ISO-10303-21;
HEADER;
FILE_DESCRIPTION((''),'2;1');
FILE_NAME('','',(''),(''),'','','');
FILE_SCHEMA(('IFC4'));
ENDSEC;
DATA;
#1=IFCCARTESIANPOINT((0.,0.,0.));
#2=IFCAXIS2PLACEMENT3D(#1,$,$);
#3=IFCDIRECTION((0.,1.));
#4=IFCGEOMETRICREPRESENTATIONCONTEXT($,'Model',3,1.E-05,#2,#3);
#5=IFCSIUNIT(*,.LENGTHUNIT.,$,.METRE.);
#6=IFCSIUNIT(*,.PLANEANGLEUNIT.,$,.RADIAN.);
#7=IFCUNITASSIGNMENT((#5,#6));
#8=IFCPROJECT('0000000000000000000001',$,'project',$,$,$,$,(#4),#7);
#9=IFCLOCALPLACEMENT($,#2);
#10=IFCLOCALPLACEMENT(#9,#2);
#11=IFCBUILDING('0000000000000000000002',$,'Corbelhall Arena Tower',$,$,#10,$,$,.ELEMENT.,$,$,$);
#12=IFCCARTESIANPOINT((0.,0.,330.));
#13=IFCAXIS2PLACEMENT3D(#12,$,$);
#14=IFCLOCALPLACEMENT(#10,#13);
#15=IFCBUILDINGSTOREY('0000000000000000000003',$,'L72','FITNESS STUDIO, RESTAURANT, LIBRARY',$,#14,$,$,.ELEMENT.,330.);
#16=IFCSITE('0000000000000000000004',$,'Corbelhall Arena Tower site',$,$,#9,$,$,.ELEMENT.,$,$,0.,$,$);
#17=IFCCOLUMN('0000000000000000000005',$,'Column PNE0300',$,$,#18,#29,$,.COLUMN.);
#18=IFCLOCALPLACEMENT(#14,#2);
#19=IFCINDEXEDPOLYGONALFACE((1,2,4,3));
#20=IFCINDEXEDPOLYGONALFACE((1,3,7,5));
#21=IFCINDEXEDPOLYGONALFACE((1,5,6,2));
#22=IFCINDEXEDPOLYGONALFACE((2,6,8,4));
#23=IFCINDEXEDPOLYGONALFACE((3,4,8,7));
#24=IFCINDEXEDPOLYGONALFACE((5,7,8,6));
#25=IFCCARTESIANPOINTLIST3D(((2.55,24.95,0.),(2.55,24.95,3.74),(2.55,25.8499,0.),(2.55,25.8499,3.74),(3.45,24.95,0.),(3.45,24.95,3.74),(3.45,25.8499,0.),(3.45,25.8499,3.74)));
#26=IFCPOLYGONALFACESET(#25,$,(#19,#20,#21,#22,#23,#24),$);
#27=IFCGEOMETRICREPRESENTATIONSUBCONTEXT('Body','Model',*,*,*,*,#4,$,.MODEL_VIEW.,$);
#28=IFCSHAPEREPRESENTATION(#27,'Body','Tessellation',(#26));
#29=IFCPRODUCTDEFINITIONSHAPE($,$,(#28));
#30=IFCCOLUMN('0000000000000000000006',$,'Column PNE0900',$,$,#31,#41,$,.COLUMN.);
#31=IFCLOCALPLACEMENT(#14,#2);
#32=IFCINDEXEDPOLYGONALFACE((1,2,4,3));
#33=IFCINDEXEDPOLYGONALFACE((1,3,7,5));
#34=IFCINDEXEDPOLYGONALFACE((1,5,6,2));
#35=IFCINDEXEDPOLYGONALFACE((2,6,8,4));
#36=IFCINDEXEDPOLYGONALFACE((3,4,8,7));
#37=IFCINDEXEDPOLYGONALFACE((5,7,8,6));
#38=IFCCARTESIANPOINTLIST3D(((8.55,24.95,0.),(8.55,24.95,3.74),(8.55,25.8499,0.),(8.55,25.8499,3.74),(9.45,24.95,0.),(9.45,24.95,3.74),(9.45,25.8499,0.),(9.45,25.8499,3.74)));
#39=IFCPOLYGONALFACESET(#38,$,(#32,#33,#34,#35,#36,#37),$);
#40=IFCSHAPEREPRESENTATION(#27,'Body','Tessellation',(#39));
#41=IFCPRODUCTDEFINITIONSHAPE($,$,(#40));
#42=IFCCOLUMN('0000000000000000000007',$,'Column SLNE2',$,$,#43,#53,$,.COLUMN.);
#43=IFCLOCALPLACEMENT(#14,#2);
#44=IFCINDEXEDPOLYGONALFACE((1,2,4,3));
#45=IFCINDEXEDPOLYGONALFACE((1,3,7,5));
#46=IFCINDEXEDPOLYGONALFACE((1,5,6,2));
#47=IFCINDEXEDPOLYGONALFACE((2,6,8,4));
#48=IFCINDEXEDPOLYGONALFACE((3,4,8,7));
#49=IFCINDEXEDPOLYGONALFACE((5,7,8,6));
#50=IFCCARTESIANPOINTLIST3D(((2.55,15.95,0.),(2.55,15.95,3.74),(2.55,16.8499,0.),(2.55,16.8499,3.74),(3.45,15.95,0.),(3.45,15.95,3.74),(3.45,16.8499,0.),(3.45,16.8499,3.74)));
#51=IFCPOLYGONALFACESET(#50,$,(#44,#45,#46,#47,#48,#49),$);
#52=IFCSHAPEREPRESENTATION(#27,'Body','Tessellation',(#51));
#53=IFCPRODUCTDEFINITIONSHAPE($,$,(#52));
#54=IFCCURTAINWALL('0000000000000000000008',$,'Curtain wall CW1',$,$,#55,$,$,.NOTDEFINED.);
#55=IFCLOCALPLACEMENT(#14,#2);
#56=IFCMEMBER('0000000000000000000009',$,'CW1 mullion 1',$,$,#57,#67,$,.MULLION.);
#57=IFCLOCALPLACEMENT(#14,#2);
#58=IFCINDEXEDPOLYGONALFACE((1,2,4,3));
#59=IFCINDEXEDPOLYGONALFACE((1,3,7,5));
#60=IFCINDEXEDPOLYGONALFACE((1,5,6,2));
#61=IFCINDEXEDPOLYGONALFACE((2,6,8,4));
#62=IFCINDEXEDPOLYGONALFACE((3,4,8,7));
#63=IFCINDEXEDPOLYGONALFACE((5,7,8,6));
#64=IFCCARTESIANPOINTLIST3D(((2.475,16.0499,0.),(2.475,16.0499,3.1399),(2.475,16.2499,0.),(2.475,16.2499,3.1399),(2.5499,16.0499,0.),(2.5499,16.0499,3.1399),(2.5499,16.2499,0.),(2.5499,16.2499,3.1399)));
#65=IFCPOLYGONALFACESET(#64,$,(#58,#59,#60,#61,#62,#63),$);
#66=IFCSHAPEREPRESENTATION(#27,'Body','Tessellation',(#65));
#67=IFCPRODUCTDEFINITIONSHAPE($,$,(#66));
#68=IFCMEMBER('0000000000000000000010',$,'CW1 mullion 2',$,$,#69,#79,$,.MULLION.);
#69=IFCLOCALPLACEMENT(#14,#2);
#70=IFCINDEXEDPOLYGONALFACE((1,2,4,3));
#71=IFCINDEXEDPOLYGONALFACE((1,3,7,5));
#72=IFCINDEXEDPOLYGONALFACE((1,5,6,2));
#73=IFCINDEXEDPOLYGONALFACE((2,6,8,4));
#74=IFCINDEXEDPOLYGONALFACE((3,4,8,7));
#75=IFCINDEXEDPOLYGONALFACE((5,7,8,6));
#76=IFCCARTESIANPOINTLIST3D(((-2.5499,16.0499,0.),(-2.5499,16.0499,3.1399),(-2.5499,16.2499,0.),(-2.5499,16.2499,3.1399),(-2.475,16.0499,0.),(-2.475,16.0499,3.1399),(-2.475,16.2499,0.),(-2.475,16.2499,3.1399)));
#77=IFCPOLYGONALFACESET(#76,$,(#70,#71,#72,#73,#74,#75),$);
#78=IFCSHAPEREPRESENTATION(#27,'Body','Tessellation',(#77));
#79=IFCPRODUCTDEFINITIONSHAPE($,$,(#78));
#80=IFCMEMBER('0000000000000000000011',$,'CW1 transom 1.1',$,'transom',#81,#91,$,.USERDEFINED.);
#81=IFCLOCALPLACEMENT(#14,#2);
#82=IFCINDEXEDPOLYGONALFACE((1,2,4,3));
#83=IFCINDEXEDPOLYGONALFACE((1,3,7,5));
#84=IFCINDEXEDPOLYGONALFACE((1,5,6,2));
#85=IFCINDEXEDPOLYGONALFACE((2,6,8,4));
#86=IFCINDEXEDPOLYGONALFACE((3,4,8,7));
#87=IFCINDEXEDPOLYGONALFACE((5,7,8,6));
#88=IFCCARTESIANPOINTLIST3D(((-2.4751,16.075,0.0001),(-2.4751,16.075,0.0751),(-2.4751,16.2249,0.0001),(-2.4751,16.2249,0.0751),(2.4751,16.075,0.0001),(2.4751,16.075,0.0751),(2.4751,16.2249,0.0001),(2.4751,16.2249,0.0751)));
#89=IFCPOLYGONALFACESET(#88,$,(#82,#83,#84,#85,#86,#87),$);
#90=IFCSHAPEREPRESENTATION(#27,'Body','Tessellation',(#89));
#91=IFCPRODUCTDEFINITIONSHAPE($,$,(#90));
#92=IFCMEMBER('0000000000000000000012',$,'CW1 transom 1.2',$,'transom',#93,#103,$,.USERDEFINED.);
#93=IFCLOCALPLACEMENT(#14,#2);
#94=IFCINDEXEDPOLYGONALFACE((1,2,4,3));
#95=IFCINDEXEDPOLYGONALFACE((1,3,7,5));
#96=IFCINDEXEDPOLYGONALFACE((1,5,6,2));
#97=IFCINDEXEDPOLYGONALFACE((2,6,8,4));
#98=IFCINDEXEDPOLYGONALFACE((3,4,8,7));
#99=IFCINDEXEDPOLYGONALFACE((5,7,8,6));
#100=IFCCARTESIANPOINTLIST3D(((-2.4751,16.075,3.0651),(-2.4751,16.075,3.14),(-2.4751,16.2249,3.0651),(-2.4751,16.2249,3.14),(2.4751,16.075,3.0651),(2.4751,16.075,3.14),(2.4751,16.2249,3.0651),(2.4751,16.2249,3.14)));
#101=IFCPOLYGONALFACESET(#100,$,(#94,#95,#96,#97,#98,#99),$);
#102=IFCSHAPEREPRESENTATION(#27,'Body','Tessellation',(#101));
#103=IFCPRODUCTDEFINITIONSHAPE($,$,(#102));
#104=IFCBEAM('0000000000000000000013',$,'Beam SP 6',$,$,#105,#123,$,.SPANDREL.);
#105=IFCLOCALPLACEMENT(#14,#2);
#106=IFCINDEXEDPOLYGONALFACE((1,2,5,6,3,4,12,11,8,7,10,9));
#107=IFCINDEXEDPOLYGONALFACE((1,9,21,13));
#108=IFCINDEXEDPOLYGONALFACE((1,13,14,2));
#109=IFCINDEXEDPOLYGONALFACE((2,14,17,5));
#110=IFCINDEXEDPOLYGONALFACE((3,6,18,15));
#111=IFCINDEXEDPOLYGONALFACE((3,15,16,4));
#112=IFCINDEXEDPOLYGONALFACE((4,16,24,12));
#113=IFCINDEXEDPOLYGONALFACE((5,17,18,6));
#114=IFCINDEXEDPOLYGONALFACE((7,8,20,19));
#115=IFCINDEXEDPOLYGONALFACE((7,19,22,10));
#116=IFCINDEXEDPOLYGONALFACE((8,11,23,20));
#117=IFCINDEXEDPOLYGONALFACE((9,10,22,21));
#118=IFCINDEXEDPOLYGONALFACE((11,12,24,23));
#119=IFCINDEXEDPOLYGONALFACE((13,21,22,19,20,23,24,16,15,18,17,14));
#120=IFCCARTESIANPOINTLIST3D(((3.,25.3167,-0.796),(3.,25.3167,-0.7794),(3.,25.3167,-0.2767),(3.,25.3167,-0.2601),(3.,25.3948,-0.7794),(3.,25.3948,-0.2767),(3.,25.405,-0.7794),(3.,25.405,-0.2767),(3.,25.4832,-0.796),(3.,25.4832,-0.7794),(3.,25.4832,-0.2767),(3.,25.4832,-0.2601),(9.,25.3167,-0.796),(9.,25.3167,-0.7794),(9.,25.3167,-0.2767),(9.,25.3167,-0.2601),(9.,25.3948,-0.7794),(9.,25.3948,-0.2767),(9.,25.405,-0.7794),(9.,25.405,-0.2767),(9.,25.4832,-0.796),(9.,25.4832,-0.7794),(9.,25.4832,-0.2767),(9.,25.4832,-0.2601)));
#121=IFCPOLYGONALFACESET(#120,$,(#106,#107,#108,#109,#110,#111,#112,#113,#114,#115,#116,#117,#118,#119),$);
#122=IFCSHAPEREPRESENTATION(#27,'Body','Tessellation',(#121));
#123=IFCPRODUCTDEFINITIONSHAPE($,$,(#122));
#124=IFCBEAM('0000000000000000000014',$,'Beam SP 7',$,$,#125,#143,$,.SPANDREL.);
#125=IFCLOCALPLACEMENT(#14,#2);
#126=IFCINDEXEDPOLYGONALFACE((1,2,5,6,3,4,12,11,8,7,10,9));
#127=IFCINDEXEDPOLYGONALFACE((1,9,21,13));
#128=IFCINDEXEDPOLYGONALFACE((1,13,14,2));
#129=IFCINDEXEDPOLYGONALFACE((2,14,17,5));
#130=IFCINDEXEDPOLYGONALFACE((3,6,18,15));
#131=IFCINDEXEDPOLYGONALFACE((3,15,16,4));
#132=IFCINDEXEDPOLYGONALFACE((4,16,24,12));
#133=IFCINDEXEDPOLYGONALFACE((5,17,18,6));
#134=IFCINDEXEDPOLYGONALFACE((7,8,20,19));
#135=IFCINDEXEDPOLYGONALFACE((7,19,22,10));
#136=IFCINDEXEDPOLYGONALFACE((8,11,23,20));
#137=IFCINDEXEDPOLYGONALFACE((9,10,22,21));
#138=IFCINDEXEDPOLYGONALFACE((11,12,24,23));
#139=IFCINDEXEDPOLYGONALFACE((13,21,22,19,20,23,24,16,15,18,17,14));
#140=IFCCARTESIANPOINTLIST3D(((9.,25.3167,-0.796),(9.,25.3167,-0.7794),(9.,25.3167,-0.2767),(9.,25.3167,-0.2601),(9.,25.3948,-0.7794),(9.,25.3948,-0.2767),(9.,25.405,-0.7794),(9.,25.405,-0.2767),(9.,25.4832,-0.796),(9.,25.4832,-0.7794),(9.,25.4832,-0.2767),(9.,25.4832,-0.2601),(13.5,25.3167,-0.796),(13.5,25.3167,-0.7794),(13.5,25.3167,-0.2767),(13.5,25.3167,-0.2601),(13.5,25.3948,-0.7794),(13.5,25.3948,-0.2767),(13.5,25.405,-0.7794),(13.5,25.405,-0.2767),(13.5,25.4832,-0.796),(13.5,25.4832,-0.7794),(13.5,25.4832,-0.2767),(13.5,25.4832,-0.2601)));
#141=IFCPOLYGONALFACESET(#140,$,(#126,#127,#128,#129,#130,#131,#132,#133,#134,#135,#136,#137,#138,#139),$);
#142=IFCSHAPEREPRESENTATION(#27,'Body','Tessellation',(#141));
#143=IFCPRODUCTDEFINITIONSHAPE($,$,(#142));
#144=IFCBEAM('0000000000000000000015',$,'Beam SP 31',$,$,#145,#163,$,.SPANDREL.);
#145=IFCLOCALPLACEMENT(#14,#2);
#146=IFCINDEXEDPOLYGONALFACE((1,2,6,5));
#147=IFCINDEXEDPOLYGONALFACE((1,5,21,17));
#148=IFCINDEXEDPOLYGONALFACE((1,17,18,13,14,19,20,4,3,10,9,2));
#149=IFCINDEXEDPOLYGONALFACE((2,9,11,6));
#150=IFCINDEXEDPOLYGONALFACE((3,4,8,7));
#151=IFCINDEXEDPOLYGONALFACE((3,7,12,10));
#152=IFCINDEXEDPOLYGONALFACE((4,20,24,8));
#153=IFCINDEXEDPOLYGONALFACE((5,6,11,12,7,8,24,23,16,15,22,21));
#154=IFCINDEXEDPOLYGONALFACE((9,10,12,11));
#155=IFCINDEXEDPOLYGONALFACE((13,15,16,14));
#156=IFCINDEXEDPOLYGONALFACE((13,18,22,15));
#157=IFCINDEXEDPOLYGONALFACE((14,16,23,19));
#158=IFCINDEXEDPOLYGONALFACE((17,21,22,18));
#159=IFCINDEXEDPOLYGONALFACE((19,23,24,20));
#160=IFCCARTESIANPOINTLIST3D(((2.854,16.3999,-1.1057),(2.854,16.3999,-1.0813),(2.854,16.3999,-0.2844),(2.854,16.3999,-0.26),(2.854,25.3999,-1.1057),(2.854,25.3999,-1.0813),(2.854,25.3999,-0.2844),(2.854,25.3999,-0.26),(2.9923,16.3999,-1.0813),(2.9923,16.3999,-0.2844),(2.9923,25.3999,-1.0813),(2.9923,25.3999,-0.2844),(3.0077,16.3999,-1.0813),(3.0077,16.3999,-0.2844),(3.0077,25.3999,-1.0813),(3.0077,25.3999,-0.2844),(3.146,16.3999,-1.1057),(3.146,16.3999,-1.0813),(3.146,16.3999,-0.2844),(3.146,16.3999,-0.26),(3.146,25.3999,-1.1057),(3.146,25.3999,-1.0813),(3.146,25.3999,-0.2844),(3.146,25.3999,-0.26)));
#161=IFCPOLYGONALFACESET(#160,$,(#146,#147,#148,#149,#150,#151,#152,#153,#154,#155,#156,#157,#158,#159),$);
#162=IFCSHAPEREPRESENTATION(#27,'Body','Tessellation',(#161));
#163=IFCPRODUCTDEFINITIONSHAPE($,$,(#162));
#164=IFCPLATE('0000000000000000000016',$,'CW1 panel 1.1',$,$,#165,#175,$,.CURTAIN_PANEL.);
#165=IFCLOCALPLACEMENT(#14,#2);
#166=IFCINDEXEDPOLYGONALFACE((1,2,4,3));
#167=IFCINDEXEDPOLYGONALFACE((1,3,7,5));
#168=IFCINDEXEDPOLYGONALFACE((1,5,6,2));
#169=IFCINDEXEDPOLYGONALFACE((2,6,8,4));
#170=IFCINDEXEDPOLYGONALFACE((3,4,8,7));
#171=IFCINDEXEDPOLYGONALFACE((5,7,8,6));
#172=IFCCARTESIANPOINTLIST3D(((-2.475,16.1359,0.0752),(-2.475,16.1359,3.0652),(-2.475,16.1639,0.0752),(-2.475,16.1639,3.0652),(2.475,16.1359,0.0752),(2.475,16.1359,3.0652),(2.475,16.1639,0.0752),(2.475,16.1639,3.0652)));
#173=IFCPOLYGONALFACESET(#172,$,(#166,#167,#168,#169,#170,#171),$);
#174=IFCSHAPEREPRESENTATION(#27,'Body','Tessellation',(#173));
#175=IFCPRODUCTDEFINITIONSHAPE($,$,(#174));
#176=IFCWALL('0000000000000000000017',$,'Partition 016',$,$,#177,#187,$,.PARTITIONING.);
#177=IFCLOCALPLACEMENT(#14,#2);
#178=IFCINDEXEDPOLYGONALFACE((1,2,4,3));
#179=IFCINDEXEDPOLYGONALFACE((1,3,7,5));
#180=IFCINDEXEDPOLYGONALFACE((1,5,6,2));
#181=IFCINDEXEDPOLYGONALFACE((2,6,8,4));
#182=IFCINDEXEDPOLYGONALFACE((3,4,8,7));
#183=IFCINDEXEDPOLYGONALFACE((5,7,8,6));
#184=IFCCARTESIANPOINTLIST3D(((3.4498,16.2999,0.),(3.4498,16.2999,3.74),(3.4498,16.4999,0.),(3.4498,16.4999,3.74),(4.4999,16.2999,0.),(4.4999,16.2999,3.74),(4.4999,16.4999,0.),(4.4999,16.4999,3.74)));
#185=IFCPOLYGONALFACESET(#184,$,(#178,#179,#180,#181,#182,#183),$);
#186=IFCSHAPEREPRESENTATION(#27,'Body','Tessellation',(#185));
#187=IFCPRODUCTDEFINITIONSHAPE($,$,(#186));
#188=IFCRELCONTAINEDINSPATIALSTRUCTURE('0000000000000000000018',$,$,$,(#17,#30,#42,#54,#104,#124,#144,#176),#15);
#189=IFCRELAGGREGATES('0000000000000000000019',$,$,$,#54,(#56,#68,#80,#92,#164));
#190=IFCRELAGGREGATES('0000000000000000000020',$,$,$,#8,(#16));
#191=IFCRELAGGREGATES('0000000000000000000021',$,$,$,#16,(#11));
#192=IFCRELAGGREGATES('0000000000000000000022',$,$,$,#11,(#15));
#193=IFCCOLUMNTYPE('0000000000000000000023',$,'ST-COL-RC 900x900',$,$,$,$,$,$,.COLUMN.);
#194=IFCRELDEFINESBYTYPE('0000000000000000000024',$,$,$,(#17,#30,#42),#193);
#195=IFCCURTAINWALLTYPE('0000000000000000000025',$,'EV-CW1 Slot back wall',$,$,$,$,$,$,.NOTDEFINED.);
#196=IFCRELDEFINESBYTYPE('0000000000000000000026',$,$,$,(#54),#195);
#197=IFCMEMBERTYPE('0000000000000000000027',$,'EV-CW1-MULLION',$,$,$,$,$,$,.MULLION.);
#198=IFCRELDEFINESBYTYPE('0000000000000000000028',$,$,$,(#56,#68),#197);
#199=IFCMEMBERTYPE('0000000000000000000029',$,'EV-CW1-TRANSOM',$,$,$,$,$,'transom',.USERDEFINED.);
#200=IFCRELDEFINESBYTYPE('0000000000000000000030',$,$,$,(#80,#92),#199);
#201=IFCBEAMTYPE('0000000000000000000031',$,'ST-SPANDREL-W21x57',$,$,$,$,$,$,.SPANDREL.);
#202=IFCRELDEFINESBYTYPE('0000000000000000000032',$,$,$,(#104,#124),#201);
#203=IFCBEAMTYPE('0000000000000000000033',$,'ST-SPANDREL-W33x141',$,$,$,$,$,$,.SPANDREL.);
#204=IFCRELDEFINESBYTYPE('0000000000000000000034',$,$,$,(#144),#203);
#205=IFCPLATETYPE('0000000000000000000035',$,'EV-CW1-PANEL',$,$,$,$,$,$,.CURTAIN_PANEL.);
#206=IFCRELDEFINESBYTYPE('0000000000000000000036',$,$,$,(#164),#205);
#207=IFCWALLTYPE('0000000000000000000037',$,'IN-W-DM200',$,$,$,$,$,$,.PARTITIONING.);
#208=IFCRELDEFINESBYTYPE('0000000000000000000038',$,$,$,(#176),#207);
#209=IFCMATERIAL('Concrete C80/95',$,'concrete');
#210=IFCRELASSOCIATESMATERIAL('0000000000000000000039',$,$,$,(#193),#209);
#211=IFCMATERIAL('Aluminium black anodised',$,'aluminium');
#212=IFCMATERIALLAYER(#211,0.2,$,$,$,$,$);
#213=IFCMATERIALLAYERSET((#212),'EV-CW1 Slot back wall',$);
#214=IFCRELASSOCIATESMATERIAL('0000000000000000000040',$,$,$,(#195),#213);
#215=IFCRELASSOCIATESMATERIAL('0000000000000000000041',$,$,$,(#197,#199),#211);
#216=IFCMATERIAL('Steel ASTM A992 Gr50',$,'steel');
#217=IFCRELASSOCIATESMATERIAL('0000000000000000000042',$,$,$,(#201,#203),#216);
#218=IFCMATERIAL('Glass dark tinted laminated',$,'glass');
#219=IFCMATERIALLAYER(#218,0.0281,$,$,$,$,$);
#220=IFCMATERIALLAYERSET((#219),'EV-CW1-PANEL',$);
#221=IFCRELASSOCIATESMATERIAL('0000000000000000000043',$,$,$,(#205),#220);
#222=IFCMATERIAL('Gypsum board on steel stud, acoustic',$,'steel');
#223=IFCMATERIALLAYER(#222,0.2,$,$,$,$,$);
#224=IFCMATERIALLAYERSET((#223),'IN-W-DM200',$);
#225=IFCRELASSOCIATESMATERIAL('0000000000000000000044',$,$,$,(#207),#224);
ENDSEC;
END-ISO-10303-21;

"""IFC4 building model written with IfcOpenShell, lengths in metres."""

from ifc_helpers import new_model, si_unit, direction, frame, frame_2d, origin, origin_2d, place, context, subcontext, project, spatial, rectangle, i_section, extrude, material, layer, layer_set, material_profile, profile_set, type_object, element, aggregate, save


model = new_model("IFC4")

# Units and contexts
model_context = context("Model", 3, precision=1e-05, world=origin(), true_north=direction((0.0, 1.0)))
body_context = subcontext(model_context, "Body", "Model", "MODEL_VIEW")
ifc_project = project(units=[si_unit("LENGTHUNIT", "METRE"), si_unit("PLANEANGLEUNIT", "RADIAN")], contexts=[model_context])

# Site, building, storey
site_placement = place(None, origin())
site = spatial("IfcSite", under=ifc_project, at=site_placement, Name="Corbelhall Arena Tower site", CompositionType="ELEMENT", RefElevation=0.0)
building_placement = place(site_placement, origin())
building = spatial("IfcBuilding", under=site, at=building_placement, Name="Corbelhall Arena Tower", CompositionType="ELEMENT")
storey_placement = place(building_placement, frame((0.0, 0.0, 330.0)))
storey = spatial("IfcBuildingStorey", under=building, at=storey_placement, Name="L72", Description="FITNESS STUDIO, RESTAURANT, LIBRARY", CompositionType="ELEMENT", Elevation=330.0)

# Columns
ifc_material_1 = material(Name="Concrete C80/95", Category="concrete")
ifc_material_profile_1 = material_profile(ifc_material_1, rectangle(XDim=0.8999, YDim=0.8999, at=origin_2d()))
ifc_profile_set_1 = profile_set([ifc_material_profile_1], Name="Concrete C80/95")
column_type = type_object("IfcColumnType", Name="ST-COL-RC 900x900", PredefinedType="COLUMN", material=ifc_profile_set_1)
for number, where, z_axis, x_axis, name in (
    (1, (3.0, 25.3999, 0.0), (0.0, 0.0, 1.0), (1.0, 0.0, 0.0), "Column PNE0300"),
    (2, (9.0, 25.3999, 0.0), (0.0, 0.0, 1.0), (1.0, 0.0, 0.0), "Column PNE0900"),
    (3, (3.0, 16.3999, 0.0), (0.0, 0.0, 1.0), (1.0, 0.0, 0.0), "Column SLNE2"),
):
    element("IfcColumn", number, at=place(storey_placement, frame(where, z_axis=z_axis, x_axis=x_axis)), inside=storey, type_object=column_type, Name=name, PredefinedType="COLUMN", context=body_context, shape_type="SweptSolid", body=[
        extrude(rectangle(XDim=0.8999, YDim=0.8999, at=origin_2d()), origin(), (0.0, 0.0, 1.0), 3.74),
    ])

# Curtain wall, members
ifc_material_2 = material(Name="Aluminium black anodised", Category="aluminium")
ifc_layer_1 = layer(ifc_material_2, 0.2)
ifc_layer_set_1 = layer_set([ifc_layer_1], Name="EV-CW1 Slot back wall")
curtain_wall_type = type_object("IfcCurtainWallType", Name="EV-CW1 Slot back wall", PredefinedType="NOTDEFINED", material=ifc_layer_set_1)
curtain_wall_placement = place(storey_placement, origin())
curtain_wall = element("IfcCurtainWall", 4, at=curtain_wall_placement, inside=storey, type_object=curtain_wall_type, Name="Curtain wall CW1", PredefinedType="NOTDEFINED")
ifc_material_profile_2 = material_profile(ifc_material_2, rectangle(XDim=0.2, YDim=0.075, at=origin_2d()))
ifc_profile_set_2 = profile_set([ifc_material_profile_2], Name="Aluminium black anodised")
member_type_1 = type_object("IfcMemberType", Name="EV-CW1-MULLION", PredefinedType="MULLION", material=ifc_profile_set_2)
member_1_placement = place(storey_placement, frame((2.5125, 16.1499, 0.0), z_axis=(0.0, 0.0, 1.0), x_axis=(0.0, -1.0, 0.0)))
member_1 = element("IfcMember", 5, at=member_1_placement, type_object=member_type_1, Name="CW1 mullion 1", PredefinedType="MULLION", context=body_context, shape_type="SweptSolid", body=[
    extrude(rectangle(XDim=0.2, YDim=0.075, at=origin_2d()), origin(), (0.0, 0.0, 1.0), 3.1399),
])
member_2_placement = place(storey_placement, frame((-2.5125, 16.1499, 0.0), z_axis=(0.0, 0.0, 1.0), x_axis=(0.0, -1.0, 0.0)))
member_2 = element("IfcMember", 6, at=member_2_placement, type_object=member_type_1, Name="CW1 mullion 2", PredefinedType="MULLION", context=body_context, shape_type="SweptSolid", body=[
    extrude(rectangle(XDim=0.2, YDim=0.075, at=origin_2d()), origin(), (0.0, 0.0, 1.0), 3.1399),
])
ifc_material_profile_3 = material_profile(ifc_material_2, rectangle(XDim=0.1499, YDim=0.075, at=origin_2d()))
ifc_profile_set_3 = profile_set([ifc_material_profile_3], Name="Aluminium black anodised")
member_type_2 = type_object("IfcMemberType", Name="EV-CW1-TRANSOM", ElementType="transom", PredefinedType="USERDEFINED", material=ifc_profile_set_3)
member_3_placement = place(storey_placement, frame((2.4751, 16.1499, 0.0376), z_axis=(-1.0, 0.0, 0.0), x_axis=(0.0, -1.0, 0.0)))
member_3 = element("IfcMember", 7, at=member_3_placement, type_object=member_type_2, Name="CW1 transom 1.1", ObjectType="transom", PredefinedType="USERDEFINED", context=body_context, shape_type="SweptSolid", body=[
    extrude(rectangle(XDim=0.1499, YDim=0.075, at=origin_2d()), origin(), (0.0, 0.0, 1.0), 4.9502),
])
member_4_placement = place(storey_placement, frame((2.4751, 16.1499, 3.1025), z_axis=(-1.0, 0.0, 0.0), x_axis=(0.0, -1.0, 0.0)))
member_4 = element("IfcMember", 8, at=member_4_placement, type_object=member_type_2, Name="CW1 transom 1.2", ObjectType="transom", PredefinedType="USERDEFINED", context=body_context, shape_type="SweptSolid", body=[
    extrude(rectangle(XDim=0.1499, YDim=0.075, at=origin_2d()), origin(), (0.0, 0.0, 1.0), 4.9502),
])

# Beams
ifc_material_3 = material(Name="Steel ASTM A992 Gr50", Category="steel")
ifc_material_profile_4 = material_profile(ifc_material_3, i_section(OverallWidth=0.1665, OverallDepth=0.5359, WebThickness=0.0103, FlangeThickness=0.0166, at=origin_2d()))
ifc_profile_set_4 = profile_set([ifc_material_profile_4], Name="Steel ASTM A992 Gr50")
beam_type_1 = type_object("IfcBeamType", Name="ST-SPANDREL-W21x57", PredefinedType="SPANDREL", material=ifc_profile_set_4)
beam_1_placement = place(storey_placement, frame((3.0, 25.3999, -0.5281), z_axis=(1.0, 0.0, 0.0), x_axis=(0.0, 1.0, 0.0)))
element("IfcBeam", 9, at=beam_1_placement, inside=storey, type_object=beam_type_1, Name="Beam SP 6", PredefinedType="SPANDREL", context=body_context, shape_type="SweptSolid", body=[
    extrude(i_section(OverallWidth=0.1665, OverallDepth=0.5359, WebThickness=0.0103, FlangeThickness=0.0166, at=origin_2d()), origin(), (0.0, 0.0, 1.0), 6.0),
])
beam_2_placement = place(storey_placement, frame((9.0, 25.3999, -0.5281), z_axis=(1.0, 0.0, 0.0), x_axis=(0.0, 1.0, 0.0)))
element("IfcBeam", 10, at=beam_2_placement, inside=storey, type_object=beam_type_1, Name="Beam SP 7", PredefinedType="SPANDREL", context=body_context, shape_type="SweptSolid", body=[
    extrude(i_section(OverallWidth=0.1665, OverallDepth=0.5359, WebThickness=0.0103, FlangeThickness=0.0166, at=origin_2d()), origin(), (0.0, 0.0, 1.0), 4.5),
])
ifc_material_profile_5 = material_profile(ifc_material_3, i_section(OverallWidth=0.292, OverallDepth=0.8457, WebThickness=0.0154, FlangeThickness=0.0244, at=origin_2d()))
ifc_profile_set_5 = profile_set([ifc_material_profile_5], Name="Steel ASTM A992 Gr50")
beam_type_2 = type_object("IfcBeamType", Name="ST-SPANDREL-W33x141", PredefinedType="SPANDREL", material=ifc_profile_set_5)
beam_3_placement = place(storey_placement, frame((3.0, 16.3999, -0.6829), z_axis=(0.0, 1.0, 0.0), x_axis=(-1.0, 0.0, 0.0)))
element("IfcBeam", 11, at=beam_3_placement, inside=storey, type_object=beam_type_2, Name="Beam SP 31", PredefinedType="SPANDREL", context=body_context, shape_type="SweptSolid", body=[
    extrude(i_section(OverallWidth=0.292, OverallDepth=0.8457, WebThickness=0.0154, FlangeThickness=0.0244, at=origin_2d()), origin(), (0.0, 0.0, 1.0), 9.0),
])

# Plate
ifc_material_4 = material(Name="Glass dark tinted laminated", Category="glass")
ifc_layer_2 = layer(ifc_material_4, 0.0281)
ifc_layer_set_2 = layer_set([ifc_layer_2], Name="EV-CW1-PANEL")
plate_type = type_object("IfcPlateType", Name="EV-CW1-PANEL", PredefinedType="CURTAIN_PANEL", material=ifc_layer_set_2)
plate_placement = place(storey_placement, frame((0.0, 16.1499, 0.0752), z_axis=(0.0, 0.0, 1.0), x_axis=(-1.0, 0.0, 0.0)))
plate = element("IfcPlate", 12, at=plate_placement, type_object=plate_type, Name="CW1 panel 1.1", PredefinedType="CURTAIN_PANEL", context=body_context, shape_type="SweptSolid", body=[
    extrude(rectangle(XDim=4.95, YDim=0.0281, at=origin_2d()), origin(), (0.0, 0.0, 1.0), 2.99),
])
aggregate(curtain_wall, [member_1, member_2, member_3, member_4, plate])

# Wall
ifc_material_5 = material(Name="Gypsum board on steel stud, acoustic", Category="steel")
ifc_layer_3 = layer(ifc_material_5, 0.2)
ifc_layer_set_3 = layer_set([ifc_layer_3], Name="IN-W-DM200")
wall_type_1 = type_object("IfcWallType", Name="IN-W-DM200", PredefinedType="PARTITIONING", material=ifc_layer_set_3)
wall_1_placement = place(storey_placement, frame((3.45, 16.3999, 0.0), z_axis=(0.0, 0.0, 1.0), x_axis=(1.0, 0.0, 0.0)))
element("IfcWall", 13, at=wall_1_placement, inside=storey, type_object=wall_type_1, Name="Partition 016", PredefinedType="PARTITIONING", context=body_context, shape_type="SweptSolid", body=[
    extrude(rectangle(XDim=1.05, YDim=0.2, at=frame_2d((0.5249, 0.0))), origin(), (0.0, 0.0, 1.0), 3.74),
])

save(model, "model.ifc")
